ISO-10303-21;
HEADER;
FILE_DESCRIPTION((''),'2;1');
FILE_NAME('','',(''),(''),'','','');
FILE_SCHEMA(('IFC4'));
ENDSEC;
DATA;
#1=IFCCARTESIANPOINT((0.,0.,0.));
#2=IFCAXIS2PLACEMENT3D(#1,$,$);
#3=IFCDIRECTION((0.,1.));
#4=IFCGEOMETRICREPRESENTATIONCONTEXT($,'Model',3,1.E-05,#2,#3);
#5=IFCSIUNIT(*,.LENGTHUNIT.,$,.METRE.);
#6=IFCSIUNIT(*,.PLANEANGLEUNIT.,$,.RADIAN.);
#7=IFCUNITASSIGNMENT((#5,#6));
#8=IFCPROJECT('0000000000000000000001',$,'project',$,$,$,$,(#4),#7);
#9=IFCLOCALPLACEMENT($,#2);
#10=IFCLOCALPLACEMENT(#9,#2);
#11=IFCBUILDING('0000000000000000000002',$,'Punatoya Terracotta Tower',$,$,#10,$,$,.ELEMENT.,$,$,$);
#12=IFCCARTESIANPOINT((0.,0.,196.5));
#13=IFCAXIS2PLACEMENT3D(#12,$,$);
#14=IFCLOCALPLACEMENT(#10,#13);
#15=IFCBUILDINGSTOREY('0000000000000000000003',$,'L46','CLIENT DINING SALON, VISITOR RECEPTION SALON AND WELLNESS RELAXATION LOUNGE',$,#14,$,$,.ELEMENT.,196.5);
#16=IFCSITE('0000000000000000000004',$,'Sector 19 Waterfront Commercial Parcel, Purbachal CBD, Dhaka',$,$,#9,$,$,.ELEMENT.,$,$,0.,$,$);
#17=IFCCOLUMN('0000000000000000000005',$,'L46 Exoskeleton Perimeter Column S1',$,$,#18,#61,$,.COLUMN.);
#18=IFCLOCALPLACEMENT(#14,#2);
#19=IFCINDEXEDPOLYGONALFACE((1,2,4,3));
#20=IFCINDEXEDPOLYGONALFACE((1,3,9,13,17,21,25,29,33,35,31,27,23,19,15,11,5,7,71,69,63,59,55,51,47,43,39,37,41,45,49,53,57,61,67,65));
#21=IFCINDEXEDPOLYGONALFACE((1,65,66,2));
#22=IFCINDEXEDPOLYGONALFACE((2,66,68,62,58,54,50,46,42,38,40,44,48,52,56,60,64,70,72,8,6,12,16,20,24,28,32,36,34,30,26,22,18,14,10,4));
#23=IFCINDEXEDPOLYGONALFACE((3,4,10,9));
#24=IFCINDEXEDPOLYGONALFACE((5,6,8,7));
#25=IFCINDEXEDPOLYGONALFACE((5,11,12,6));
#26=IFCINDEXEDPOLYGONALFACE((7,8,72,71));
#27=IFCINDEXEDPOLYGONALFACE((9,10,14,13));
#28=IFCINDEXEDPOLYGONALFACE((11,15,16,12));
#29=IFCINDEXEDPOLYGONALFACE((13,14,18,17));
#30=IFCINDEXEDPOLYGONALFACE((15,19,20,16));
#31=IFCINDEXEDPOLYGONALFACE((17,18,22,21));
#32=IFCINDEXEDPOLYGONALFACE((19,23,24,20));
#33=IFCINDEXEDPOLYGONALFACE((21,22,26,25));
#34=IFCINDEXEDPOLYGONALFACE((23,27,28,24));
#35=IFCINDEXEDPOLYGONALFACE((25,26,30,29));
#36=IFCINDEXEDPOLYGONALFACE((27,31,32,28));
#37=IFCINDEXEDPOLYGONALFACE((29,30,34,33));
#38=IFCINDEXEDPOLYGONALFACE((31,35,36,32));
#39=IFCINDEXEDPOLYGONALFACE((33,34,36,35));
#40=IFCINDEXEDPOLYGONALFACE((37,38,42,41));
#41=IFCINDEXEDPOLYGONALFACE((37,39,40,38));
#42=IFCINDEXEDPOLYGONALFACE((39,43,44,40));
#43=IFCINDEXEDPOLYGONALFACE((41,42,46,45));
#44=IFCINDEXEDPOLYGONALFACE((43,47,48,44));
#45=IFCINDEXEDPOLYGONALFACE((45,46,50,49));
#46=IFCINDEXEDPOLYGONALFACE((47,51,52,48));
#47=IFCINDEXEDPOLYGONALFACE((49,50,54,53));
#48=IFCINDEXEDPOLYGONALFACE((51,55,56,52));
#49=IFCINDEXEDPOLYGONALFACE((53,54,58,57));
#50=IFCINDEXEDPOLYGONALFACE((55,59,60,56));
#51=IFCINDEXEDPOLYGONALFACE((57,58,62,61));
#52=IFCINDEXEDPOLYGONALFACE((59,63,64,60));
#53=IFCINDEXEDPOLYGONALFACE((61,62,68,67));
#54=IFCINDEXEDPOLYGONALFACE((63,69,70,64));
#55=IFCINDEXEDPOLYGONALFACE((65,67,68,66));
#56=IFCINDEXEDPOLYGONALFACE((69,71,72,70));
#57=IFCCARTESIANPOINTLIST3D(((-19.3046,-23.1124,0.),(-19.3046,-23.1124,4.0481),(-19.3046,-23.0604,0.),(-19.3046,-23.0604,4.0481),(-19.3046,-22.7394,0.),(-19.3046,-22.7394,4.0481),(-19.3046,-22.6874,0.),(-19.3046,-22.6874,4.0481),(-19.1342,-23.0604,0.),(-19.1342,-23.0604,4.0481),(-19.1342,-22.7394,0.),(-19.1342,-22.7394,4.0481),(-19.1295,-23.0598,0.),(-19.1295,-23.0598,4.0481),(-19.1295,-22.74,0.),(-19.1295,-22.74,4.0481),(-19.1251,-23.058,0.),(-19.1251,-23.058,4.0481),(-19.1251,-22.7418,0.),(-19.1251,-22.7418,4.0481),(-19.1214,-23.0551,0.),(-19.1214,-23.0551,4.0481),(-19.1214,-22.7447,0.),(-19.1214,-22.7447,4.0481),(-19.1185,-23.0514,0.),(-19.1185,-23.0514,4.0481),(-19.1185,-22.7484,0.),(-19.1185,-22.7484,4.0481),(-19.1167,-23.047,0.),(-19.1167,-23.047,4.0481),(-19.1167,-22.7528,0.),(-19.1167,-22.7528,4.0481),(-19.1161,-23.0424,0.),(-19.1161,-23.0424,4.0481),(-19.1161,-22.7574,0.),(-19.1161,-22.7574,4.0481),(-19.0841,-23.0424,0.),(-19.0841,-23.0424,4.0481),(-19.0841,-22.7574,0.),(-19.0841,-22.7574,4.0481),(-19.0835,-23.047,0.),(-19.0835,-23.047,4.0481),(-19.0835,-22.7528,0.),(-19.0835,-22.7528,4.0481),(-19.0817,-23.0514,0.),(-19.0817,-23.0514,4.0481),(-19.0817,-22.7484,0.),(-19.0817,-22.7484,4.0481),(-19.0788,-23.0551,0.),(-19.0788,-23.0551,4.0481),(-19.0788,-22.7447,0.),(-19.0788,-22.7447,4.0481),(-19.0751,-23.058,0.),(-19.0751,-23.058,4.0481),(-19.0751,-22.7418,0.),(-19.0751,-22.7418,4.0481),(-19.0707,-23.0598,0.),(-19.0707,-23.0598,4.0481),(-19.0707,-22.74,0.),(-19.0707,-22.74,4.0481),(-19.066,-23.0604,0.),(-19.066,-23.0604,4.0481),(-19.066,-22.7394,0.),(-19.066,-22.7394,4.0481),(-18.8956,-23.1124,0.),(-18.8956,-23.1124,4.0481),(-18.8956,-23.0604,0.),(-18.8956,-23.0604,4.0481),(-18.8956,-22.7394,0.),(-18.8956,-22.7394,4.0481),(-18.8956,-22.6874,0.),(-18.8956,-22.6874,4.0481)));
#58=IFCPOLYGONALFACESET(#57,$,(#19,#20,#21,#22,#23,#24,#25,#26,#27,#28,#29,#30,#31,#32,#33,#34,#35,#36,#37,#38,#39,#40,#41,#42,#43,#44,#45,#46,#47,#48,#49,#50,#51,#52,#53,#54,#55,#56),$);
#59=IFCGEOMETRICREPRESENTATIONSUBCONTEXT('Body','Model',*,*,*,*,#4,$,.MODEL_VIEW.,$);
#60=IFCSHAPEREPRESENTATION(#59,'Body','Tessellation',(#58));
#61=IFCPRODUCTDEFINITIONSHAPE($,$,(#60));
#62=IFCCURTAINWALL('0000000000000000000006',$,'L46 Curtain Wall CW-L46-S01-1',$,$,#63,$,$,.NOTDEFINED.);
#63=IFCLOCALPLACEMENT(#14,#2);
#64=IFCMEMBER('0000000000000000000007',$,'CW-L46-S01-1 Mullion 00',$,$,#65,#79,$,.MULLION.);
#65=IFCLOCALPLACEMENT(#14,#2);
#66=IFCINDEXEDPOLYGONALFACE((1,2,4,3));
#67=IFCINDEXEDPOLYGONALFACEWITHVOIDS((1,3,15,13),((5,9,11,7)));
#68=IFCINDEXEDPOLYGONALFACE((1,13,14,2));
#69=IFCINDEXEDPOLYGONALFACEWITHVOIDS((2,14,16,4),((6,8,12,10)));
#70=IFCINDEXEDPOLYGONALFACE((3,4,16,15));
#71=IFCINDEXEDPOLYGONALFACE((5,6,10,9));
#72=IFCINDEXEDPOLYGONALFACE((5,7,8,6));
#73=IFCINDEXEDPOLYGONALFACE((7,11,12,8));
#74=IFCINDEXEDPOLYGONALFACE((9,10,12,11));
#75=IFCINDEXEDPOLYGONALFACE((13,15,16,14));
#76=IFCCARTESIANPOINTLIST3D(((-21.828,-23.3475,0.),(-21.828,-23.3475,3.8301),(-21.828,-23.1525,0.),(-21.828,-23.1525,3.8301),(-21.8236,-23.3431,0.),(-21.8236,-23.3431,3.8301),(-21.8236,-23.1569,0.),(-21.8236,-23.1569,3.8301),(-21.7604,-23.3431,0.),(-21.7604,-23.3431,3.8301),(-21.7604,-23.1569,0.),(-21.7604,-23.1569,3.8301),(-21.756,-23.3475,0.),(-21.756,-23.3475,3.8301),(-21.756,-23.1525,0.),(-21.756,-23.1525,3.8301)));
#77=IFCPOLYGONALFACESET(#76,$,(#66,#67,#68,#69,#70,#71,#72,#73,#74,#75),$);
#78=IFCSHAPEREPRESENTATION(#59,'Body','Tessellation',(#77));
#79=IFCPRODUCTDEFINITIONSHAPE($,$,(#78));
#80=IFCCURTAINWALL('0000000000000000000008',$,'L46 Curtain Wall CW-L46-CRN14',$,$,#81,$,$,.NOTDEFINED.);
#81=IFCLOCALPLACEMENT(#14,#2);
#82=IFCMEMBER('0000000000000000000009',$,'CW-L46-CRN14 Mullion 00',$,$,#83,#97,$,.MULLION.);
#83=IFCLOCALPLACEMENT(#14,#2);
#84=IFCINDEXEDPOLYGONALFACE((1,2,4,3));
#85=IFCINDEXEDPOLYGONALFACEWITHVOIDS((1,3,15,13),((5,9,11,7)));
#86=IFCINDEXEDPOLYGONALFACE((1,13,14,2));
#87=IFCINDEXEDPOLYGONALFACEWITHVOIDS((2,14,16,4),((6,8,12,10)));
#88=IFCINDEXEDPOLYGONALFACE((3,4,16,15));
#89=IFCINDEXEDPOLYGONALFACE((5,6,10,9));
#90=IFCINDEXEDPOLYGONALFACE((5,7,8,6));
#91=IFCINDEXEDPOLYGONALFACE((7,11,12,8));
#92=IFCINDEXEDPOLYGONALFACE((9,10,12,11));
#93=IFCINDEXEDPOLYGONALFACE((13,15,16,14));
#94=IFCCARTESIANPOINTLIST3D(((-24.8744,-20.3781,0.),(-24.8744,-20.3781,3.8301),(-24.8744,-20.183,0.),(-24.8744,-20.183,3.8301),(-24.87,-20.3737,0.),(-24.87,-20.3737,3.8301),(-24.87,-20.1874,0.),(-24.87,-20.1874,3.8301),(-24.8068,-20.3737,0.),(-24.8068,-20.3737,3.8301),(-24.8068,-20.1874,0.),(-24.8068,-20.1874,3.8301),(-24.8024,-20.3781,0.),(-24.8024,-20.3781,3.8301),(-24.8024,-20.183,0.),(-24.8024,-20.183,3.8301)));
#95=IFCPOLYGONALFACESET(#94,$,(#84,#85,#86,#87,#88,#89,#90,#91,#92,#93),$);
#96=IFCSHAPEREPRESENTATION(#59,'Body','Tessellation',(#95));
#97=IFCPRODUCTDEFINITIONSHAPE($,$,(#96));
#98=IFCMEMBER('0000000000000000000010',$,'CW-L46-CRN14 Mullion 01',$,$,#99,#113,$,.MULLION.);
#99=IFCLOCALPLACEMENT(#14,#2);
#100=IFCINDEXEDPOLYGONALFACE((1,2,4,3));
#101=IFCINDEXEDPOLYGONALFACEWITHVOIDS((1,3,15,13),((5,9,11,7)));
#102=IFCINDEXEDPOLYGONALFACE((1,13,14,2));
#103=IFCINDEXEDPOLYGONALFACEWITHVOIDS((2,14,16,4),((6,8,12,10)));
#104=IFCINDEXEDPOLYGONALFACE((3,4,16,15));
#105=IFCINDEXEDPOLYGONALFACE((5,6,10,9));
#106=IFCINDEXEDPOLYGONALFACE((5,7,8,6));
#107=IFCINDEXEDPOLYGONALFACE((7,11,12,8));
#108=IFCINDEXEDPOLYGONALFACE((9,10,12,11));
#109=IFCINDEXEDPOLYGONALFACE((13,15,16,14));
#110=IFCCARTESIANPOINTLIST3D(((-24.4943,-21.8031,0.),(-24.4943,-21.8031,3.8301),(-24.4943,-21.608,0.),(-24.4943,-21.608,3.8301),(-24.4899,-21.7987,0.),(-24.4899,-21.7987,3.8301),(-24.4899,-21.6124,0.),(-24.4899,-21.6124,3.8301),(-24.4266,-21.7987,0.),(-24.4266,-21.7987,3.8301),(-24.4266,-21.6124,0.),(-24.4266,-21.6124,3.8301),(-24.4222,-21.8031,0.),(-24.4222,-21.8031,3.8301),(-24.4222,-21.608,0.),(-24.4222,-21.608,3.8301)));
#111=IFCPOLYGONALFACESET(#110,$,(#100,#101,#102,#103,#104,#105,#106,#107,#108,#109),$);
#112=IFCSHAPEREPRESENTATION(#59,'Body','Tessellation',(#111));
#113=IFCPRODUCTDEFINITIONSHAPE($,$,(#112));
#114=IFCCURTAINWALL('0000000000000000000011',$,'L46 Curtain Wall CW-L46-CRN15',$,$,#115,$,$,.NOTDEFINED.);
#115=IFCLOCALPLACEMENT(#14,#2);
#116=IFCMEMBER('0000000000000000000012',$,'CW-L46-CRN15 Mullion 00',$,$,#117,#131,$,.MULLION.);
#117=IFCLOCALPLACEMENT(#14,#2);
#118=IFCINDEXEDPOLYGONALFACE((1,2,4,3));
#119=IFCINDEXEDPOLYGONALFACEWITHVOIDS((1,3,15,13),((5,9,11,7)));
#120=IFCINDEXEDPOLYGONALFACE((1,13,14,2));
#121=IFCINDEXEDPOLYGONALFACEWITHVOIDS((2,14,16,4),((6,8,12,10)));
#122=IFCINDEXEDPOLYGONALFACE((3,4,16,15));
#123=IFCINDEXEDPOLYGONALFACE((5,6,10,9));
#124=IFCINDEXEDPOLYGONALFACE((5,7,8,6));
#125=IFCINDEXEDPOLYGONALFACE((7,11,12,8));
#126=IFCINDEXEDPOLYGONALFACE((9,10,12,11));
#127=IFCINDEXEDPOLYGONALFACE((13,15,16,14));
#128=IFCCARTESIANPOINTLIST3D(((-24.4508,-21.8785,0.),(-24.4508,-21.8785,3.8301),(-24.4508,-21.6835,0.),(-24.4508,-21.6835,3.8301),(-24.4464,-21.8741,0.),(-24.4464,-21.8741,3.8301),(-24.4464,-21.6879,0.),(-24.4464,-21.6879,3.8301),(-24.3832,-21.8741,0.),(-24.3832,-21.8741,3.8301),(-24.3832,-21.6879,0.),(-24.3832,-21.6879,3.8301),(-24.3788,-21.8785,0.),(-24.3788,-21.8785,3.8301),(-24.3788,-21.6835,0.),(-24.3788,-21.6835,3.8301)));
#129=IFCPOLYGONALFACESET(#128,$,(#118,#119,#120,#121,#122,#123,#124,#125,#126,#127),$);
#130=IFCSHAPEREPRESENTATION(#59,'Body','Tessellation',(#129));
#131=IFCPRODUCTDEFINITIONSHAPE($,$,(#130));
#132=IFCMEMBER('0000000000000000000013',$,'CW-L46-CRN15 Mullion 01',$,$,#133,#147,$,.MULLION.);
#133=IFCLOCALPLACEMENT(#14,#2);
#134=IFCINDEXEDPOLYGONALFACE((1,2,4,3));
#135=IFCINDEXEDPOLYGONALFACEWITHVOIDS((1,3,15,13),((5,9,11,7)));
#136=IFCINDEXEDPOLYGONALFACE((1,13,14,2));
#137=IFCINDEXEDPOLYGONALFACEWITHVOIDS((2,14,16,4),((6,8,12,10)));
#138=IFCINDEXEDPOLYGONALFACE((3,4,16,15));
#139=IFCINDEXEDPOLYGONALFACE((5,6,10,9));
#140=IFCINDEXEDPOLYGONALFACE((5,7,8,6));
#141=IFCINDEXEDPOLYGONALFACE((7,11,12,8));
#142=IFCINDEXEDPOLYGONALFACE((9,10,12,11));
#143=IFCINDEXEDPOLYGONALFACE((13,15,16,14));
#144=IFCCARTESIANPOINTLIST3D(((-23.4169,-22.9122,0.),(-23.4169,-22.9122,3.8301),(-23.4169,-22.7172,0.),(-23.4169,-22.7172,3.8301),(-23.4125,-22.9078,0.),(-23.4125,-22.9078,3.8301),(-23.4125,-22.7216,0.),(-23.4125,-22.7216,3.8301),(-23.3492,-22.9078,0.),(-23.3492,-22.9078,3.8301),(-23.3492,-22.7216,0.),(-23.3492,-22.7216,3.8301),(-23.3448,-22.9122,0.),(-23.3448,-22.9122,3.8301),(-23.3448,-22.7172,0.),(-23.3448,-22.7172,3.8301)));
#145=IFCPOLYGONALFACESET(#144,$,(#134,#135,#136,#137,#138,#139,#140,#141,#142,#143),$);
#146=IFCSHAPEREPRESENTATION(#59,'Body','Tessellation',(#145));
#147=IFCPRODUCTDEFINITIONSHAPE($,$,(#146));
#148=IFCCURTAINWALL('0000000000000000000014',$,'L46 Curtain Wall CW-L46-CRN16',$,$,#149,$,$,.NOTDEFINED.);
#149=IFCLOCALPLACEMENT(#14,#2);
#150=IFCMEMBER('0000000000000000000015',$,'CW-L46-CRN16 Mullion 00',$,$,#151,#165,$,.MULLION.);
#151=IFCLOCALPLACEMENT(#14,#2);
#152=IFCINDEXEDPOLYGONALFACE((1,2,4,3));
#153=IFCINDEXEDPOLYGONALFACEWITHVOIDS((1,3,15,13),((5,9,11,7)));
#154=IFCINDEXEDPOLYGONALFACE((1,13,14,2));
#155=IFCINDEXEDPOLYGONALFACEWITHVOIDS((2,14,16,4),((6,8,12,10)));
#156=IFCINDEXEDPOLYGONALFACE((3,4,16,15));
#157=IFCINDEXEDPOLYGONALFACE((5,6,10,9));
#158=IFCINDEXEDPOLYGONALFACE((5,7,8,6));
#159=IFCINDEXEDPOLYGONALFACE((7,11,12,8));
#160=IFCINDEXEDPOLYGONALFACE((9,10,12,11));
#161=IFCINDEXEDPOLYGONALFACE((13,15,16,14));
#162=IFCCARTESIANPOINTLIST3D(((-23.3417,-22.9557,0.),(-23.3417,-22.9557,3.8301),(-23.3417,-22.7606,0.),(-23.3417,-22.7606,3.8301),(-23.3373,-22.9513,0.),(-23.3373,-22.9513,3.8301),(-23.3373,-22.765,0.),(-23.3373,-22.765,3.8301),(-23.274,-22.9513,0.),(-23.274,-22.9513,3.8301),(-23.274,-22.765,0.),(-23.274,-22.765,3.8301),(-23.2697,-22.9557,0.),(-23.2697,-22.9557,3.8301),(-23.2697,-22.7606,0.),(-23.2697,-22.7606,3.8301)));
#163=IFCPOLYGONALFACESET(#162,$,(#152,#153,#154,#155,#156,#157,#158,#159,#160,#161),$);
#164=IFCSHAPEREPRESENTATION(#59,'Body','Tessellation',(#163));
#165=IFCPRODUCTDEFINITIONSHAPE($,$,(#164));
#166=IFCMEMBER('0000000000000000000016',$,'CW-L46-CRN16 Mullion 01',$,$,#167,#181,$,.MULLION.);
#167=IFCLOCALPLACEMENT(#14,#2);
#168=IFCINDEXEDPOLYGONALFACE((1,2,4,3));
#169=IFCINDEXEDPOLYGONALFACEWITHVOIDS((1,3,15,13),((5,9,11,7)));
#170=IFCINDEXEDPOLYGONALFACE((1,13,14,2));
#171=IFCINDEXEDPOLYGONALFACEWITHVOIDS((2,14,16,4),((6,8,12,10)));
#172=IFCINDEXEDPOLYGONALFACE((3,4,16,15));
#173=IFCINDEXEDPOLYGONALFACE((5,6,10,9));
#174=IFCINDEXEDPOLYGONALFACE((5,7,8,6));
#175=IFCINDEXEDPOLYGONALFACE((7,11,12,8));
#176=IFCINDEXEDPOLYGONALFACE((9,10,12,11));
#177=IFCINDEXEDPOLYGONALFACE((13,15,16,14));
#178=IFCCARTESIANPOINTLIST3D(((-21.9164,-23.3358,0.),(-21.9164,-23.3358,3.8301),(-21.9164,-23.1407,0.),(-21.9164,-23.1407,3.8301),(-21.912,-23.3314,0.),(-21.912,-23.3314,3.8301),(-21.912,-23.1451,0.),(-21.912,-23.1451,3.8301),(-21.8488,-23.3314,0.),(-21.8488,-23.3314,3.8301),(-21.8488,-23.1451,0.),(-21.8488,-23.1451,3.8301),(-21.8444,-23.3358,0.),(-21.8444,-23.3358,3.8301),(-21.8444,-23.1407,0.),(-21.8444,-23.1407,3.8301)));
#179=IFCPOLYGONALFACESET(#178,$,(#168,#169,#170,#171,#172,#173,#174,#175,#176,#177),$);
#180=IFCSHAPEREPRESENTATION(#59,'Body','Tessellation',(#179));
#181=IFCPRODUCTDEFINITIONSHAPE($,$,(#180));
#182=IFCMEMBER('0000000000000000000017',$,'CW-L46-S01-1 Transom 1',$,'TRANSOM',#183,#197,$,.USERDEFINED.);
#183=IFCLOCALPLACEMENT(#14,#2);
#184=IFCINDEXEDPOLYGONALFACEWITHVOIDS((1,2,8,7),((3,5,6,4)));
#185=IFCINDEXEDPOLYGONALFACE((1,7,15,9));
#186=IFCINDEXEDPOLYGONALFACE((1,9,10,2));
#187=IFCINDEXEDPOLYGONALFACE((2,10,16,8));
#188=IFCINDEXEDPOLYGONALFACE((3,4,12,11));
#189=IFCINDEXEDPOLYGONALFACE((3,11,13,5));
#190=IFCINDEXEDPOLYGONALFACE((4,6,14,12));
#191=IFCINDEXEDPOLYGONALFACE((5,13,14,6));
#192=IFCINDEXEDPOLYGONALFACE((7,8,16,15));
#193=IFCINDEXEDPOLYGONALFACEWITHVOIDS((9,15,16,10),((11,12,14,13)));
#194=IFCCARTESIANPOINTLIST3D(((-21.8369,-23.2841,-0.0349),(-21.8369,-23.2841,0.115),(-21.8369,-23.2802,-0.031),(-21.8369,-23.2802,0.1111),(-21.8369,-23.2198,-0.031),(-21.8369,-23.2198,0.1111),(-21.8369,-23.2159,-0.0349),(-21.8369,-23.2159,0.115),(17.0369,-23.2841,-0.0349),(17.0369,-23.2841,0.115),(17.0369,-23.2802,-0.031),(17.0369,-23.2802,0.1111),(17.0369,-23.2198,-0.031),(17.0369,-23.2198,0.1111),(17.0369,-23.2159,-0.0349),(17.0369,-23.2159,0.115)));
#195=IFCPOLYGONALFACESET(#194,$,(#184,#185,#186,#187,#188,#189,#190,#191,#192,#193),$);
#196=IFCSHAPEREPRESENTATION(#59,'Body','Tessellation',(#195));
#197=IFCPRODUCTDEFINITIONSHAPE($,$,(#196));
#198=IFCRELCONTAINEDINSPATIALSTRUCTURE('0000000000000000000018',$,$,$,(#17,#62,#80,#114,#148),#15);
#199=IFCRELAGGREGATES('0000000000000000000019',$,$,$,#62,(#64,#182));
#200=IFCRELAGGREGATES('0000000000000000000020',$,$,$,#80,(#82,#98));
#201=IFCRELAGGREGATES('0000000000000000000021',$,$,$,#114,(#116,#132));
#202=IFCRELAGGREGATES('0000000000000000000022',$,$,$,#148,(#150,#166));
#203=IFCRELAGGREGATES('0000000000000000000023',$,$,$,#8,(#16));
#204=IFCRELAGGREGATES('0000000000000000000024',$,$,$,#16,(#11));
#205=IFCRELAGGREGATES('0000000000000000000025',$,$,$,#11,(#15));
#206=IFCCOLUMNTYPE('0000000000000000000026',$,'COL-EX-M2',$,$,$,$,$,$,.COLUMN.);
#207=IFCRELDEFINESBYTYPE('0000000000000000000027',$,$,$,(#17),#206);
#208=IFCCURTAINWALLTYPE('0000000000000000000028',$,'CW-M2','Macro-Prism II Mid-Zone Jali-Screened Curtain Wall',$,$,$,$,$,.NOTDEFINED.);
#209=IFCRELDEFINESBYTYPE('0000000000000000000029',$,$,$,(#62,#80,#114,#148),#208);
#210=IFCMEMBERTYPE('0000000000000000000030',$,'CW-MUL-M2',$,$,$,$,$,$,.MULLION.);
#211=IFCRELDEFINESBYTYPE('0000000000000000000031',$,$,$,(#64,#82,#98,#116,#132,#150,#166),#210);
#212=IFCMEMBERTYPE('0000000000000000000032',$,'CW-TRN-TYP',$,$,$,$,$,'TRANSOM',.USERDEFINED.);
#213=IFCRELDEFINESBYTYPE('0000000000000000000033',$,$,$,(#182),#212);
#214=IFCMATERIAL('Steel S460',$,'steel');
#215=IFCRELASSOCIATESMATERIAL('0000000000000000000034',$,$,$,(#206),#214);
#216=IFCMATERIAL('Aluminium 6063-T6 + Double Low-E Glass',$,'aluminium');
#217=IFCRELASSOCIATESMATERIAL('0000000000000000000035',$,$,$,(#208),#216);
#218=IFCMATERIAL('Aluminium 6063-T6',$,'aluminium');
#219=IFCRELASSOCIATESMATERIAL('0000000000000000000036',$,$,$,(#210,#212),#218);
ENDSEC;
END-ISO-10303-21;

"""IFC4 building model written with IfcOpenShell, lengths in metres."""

from ifc_helpers import new_model, si_unit, direction, frame, origin, origin_2d, place, context, subcontext, project, spatial, hollow_rectangle, i_section, extrude, material, material_profile, profile_set, type_object, element, aggregate, save


model = new_model("IFC4")

# Units and contexts
model_context = context("Model", 3, precision=1e-05, world=origin(), true_north=direction((0.0, 1.0)))
body_context = subcontext(model_context, "Body", "Model", "MODEL_VIEW")
ifc_project = project(units=[si_unit("LENGTHUNIT", "METRE"), si_unit("PLANEANGLEUNIT", "RADIAN")], contexts=[model_context])

# Site, building, storey
site_placement = place(None, origin())
site = spatial("IfcSite", under=ifc_project, at=site_placement, Name="Sector 19 Waterfront Commercial Parcel, Purbachal CBD, Dhaka", CompositionType="ELEMENT", RefElevation=0.0)
building_placement = place(site_placement, origin())
building = spatial("IfcBuilding", under=site, at=building_placement, Name="Punatoya Terracotta Tower", CompositionType="ELEMENT")
storey_placement = place(building_placement, frame((0.0, 0.0, 196.5)))
storey = spatial("IfcBuildingStorey", under=building, at=storey_placement, Name="L46", Description="CLIENT DINING SALON, VISITOR RECEPTION SALON AND WELLNESS RELAXATION LOUNGE", CompositionType="ELEMENT", Elevation=196.5)

# Column
ifc_material_1 = material(Name="Steel S460", Category="steel")
ifc_material_profile_1 = material_profile(ifc_material_1, i_section(OverallWidth=0.4089, OverallDepth=0.425, WebThickness=0.032, FlangeThickness=0.052, FilletRadius=0.0181, at=origin_2d()))
ifc_profile_set_1 = profile_set([ifc_material_profile_1], Name="Steel S460")
column_type = type_object("IfcColumnType", Name="COL-EX-M2", PredefinedType="COLUMN", material=ifc_profile_set_1)
column_placement = place(storey_placement, frame((-19.1001, -22.8999, 0.0), z_axis=(0.0, 0.0, 1.0), x_axis=(1.0, 0.0, 0.0)))
element("IfcColumn", 1, at=column_placement, inside=storey, type_object=column_type, Name="L46 Exoskeleton Perimeter Column S1", PredefinedType="COLUMN", context=body_context, shape_type="SweptSolid", body=[
    extrude(i_section(OverallWidth=0.4089, OverallDepth=0.425, WebThickness=0.032, FlangeThickness=0.052, FilletRadius=0.0181, at=origin_2d()), origin(), (0.0, 0.0, 1.0), 4.0481),
])

# Curtain wall, member
ifc_material_2 = material(Name="Aluminium 6063-T6 + Double Low-E Glass", Category="aluminium")
curtain_wall_type = type_object("IfcCurtainWallType", Name="CW-M2", Description="Macro-Prism II Mid-Zone Jali-Screened Curtain Wall", PredefinedType="NOTDEFINED", material=ifc_material_2)
curtain_wall_1_placement = place(storey_placement, origin())
curtain_wall_1 = element("IfcCurtainWall", 2, at=curtain_wall_1_placement, inside=storey, type_object=curtain_wall_type, Name="L46 Curtain Wall CW-L46-S01-1", PredefinedType="NOTDEFINED")
ifc_material_3 = material(Name="Aluminium 6063-T6", Category="aluminium")
ifc_material_profile_2 = material_profile(ifc_material_3, hollow_rectangle(XDim=0.072, YDim=0.1951, WallThickness=0.0044, at=origin_2d()))
ifc_profile_set_2 = profile_set([ifc_material_profile_2], Name="Aluminium 6063-T6")
member_type_1 = type_object("IfcMemberType", Name="CW-MUL-M2", PredefinedType="MULLION", material=ifc_profile_set_2)
member_1_placement = place(storey_placement, frame((-21.792, -23.25, 0.0), z_axis=(0.0, 0.0, 1.0), x_axis=(1.0, 0.0, 0.0)))
member_1 = element("IfcMember", 3, at=member_1_placement, type_object=member_type_1, Name="CW-L46-S01-1 Mullion 00", PredefinedType="MULLION", context=body_context, shape_type="SweptSolid", body=[
    extrude(hollow_rectangle(XDim=0.072, YDim=0.1951, WallThickness=0.0044, at=origin_2d()), origin(), (0.0, 0.0, 1.0), 3.8301),
])

# Curtain walls, members
curtain_wall_2_placement = place(storey_placement, origin())
curtain_wall_2 = element("IfcCurtainWall", 4, at=curtain_wall_2_placement, inside=storey, type_object=curtain_wall_type, Name="L46 Curtain Wall CW-L46-CRN14", PredefinedType="NOTDEFINED")
member_2_placement = place(storey_placement, frame((-24.8384, -20.2805, 0.0), z_axis=(0.0, 0.0, 1.0), x_axis=(1.0, 0.0, 0.0)))
member_2 = element("IfcMember", 5, at=member_2_placement, type_object=member_type_1, Name="CW-L46-CRN14 Mullion 00", PredefinedType="MULLION", context=body_context, shape_type="SweptSolid", body=[
    extrude(hollow_rectangle(XDim=0.072, YDim=0.1951, WallThickness=0.0044, at=origin_2d()), origin(), (0.0, 0.0, 1.0), 3.8301),
])
member_3_placement = place(storey_placement, frame((-24.4583, -21.7056, 0.0), z_axis=(0.0, 0.0, 1.0), x_axis=(1.0, 0.0, 0.0)))
member_3 = element("IfcMember", 6, at=member_3_placement, type_object=member_type_1, Name="CW-L46-CRN14 Mullion 01", PredefinedType="MULLION", context=body_context, shape_type="SweptSolid", body=[
    extrude(hollow_rectangle(XDim=0.072, YDim=0.1951, WallThickness=0.0044, at=origin_2d()), origin(), (0.0, 0.0, 1.0), 3.8301),
])
curtain_wall_3_placement = place(storey_placement, origin())
curtain_wall_3 = element("IfcCurtainWall", 7, at=curtain_wall_3_placement, inside=storey, type_object=curtain_wall_type, Name="L46 Curtain Wall CW-L46-CRN15", PredefinedType="NOTDEFINED")
member_4_placement = place(storey_placement, frame((-24.4148, -21.781, 0.0), z_axis=(0.0, 0.0, 1.0), x_axis=(1.0, 0.0, 0.0)))
member_4 = element("IfcMember", 8, at=member_4_placement, type_object=member_type_1, Name="CW-L46-CRN15 Mullion 00", PredefinedType="MULLION", context=body_context, shape_type="SweptSolid", body=[
    extrude(hollow_rectangle(XDim=0.072, YDim=0.1951, WallThickness=0.0044, at=origin_2d()), origin(), (0.0, 0.0, 1.0), 3.8301),
])
member_5_placement = place(storey_placement, frame((-23.3809, -22.8147, 0.0), z_axis=(0.0, 0.0, 1.0), x_axis=(1.0, 0.0, 0.0)))
member_5 = element("IfcMember", 9, at=member_5_placement, type_object=member_type_1, Name="CW-L46-CRN15 Mullion 01", PredefinedType="MULLION", context=body_context, shape_type="SweptSolid", body=[
    extrude(hollow_rectangle(XDim=0.072, YDim=0.1951, WallThickness=0.0044, at=origin_2d()), origin(), (0.0, 0.0, 1.0), 3.8301),
])
curtain_wall_4_placement = place(storey_placement, origin())
curtain_wall_4 = element("IfcCurtainWall", 10, at=curtain_wall_4_placement, inside=storey, type_object=curtain_wall_type, Name="L46 Curtain Wall CW-L46-CRN16", PredefinedType="NOTDEFINED")
member_6_placement = place(storey_placement, frame((-23.3057, -22.8582, 0.0), z_axis=(0.0, 0.0, 1.0), x_axis=(1.0, 0.0, 0.0)))
member_6 = element("IfcMember", 11, at=member_6_placement, type_object=member_type_1, Name="CW-L46-CRN16 Mullion 00", PredefinedType="MULLION", context=body_context, shape_type="SweptSolid", body=[
    extrude(hollow_rectangle(XDim=0.072, YDim=0.1951, WallThickness=0.0044, at=origin_2d()), origin(), (0.0, 0.0, 1.0), 3.8301),
])
member_7_placement = place(storey_placement, frame((-21.8804, -23.2383, 0.0), z_axis=(0.0, 0.0, 1.0), x_axis=(1.0, 0.0, 0.0)))
member_7 = element("IfcMember", 12, at=member_7_placement, type_object=member_type_1, Name="CW-L46-CRN16 Mullion 01", PredefinedType="MULLION", context=body_context, shape_type="SweptSolid", body=[
    extrude(hollow_rectangle(XDim=0.072, YDim=0.1951, WallThickness=0.0044, at=origin_2d()), origin(), (0.0, 0.0, 1.0), 3.8301),
])

# Member
ifc_material_profile_3 = material_profile(ifc_material_3, hollow_rectangle(XDim=0.0681, YDim=0.1499, WallThickness=0.0039, at=origin_2d()))
ifc_profile_set_3 = profile_set([ifc_material_profile_3], Name="Aluminium 6063-T6")
member_type_2 = type_object("IfcMemberType", Name="CW-TRN-TYP", ElementType="TRANSOM", PredefinedType="USERDEFINED", material=ifc_profile_set_3)
member_8_placement = place(storey_placement, frame((-21.8369, -23.25, 0.04), z_axis=(1.0, 0.0, 0.0), x_axis=(0.0, 1.0, 0.0)))
member_8 = element("IfcMember", 13, at=member_8_placement, type_object=member_type_2, Name="CW-L46-S01-1 Transom 1", ObjectType="TRANSOM", PredefinedType="USERDEFINED", context=body_context, shape_type="SweptSolid", body=[
    extrude(hollow_rectangle(XDim=0.0681, YDim=0.1499, WallThickness=0.0039, at=origin_2d()), origin(), (0.0, 0.0, 1.0), 38.8738),
])

aggregate(curtain_wall_1, [member_1, member_8])
aggregate(curtain_wall_2, [member_2, member_3])
aggregate(curtain_wall_3, [member_4, member_5])
aggregate(curtain_wall_4, [member_6, member_7])

save(model, "model.ifc")
